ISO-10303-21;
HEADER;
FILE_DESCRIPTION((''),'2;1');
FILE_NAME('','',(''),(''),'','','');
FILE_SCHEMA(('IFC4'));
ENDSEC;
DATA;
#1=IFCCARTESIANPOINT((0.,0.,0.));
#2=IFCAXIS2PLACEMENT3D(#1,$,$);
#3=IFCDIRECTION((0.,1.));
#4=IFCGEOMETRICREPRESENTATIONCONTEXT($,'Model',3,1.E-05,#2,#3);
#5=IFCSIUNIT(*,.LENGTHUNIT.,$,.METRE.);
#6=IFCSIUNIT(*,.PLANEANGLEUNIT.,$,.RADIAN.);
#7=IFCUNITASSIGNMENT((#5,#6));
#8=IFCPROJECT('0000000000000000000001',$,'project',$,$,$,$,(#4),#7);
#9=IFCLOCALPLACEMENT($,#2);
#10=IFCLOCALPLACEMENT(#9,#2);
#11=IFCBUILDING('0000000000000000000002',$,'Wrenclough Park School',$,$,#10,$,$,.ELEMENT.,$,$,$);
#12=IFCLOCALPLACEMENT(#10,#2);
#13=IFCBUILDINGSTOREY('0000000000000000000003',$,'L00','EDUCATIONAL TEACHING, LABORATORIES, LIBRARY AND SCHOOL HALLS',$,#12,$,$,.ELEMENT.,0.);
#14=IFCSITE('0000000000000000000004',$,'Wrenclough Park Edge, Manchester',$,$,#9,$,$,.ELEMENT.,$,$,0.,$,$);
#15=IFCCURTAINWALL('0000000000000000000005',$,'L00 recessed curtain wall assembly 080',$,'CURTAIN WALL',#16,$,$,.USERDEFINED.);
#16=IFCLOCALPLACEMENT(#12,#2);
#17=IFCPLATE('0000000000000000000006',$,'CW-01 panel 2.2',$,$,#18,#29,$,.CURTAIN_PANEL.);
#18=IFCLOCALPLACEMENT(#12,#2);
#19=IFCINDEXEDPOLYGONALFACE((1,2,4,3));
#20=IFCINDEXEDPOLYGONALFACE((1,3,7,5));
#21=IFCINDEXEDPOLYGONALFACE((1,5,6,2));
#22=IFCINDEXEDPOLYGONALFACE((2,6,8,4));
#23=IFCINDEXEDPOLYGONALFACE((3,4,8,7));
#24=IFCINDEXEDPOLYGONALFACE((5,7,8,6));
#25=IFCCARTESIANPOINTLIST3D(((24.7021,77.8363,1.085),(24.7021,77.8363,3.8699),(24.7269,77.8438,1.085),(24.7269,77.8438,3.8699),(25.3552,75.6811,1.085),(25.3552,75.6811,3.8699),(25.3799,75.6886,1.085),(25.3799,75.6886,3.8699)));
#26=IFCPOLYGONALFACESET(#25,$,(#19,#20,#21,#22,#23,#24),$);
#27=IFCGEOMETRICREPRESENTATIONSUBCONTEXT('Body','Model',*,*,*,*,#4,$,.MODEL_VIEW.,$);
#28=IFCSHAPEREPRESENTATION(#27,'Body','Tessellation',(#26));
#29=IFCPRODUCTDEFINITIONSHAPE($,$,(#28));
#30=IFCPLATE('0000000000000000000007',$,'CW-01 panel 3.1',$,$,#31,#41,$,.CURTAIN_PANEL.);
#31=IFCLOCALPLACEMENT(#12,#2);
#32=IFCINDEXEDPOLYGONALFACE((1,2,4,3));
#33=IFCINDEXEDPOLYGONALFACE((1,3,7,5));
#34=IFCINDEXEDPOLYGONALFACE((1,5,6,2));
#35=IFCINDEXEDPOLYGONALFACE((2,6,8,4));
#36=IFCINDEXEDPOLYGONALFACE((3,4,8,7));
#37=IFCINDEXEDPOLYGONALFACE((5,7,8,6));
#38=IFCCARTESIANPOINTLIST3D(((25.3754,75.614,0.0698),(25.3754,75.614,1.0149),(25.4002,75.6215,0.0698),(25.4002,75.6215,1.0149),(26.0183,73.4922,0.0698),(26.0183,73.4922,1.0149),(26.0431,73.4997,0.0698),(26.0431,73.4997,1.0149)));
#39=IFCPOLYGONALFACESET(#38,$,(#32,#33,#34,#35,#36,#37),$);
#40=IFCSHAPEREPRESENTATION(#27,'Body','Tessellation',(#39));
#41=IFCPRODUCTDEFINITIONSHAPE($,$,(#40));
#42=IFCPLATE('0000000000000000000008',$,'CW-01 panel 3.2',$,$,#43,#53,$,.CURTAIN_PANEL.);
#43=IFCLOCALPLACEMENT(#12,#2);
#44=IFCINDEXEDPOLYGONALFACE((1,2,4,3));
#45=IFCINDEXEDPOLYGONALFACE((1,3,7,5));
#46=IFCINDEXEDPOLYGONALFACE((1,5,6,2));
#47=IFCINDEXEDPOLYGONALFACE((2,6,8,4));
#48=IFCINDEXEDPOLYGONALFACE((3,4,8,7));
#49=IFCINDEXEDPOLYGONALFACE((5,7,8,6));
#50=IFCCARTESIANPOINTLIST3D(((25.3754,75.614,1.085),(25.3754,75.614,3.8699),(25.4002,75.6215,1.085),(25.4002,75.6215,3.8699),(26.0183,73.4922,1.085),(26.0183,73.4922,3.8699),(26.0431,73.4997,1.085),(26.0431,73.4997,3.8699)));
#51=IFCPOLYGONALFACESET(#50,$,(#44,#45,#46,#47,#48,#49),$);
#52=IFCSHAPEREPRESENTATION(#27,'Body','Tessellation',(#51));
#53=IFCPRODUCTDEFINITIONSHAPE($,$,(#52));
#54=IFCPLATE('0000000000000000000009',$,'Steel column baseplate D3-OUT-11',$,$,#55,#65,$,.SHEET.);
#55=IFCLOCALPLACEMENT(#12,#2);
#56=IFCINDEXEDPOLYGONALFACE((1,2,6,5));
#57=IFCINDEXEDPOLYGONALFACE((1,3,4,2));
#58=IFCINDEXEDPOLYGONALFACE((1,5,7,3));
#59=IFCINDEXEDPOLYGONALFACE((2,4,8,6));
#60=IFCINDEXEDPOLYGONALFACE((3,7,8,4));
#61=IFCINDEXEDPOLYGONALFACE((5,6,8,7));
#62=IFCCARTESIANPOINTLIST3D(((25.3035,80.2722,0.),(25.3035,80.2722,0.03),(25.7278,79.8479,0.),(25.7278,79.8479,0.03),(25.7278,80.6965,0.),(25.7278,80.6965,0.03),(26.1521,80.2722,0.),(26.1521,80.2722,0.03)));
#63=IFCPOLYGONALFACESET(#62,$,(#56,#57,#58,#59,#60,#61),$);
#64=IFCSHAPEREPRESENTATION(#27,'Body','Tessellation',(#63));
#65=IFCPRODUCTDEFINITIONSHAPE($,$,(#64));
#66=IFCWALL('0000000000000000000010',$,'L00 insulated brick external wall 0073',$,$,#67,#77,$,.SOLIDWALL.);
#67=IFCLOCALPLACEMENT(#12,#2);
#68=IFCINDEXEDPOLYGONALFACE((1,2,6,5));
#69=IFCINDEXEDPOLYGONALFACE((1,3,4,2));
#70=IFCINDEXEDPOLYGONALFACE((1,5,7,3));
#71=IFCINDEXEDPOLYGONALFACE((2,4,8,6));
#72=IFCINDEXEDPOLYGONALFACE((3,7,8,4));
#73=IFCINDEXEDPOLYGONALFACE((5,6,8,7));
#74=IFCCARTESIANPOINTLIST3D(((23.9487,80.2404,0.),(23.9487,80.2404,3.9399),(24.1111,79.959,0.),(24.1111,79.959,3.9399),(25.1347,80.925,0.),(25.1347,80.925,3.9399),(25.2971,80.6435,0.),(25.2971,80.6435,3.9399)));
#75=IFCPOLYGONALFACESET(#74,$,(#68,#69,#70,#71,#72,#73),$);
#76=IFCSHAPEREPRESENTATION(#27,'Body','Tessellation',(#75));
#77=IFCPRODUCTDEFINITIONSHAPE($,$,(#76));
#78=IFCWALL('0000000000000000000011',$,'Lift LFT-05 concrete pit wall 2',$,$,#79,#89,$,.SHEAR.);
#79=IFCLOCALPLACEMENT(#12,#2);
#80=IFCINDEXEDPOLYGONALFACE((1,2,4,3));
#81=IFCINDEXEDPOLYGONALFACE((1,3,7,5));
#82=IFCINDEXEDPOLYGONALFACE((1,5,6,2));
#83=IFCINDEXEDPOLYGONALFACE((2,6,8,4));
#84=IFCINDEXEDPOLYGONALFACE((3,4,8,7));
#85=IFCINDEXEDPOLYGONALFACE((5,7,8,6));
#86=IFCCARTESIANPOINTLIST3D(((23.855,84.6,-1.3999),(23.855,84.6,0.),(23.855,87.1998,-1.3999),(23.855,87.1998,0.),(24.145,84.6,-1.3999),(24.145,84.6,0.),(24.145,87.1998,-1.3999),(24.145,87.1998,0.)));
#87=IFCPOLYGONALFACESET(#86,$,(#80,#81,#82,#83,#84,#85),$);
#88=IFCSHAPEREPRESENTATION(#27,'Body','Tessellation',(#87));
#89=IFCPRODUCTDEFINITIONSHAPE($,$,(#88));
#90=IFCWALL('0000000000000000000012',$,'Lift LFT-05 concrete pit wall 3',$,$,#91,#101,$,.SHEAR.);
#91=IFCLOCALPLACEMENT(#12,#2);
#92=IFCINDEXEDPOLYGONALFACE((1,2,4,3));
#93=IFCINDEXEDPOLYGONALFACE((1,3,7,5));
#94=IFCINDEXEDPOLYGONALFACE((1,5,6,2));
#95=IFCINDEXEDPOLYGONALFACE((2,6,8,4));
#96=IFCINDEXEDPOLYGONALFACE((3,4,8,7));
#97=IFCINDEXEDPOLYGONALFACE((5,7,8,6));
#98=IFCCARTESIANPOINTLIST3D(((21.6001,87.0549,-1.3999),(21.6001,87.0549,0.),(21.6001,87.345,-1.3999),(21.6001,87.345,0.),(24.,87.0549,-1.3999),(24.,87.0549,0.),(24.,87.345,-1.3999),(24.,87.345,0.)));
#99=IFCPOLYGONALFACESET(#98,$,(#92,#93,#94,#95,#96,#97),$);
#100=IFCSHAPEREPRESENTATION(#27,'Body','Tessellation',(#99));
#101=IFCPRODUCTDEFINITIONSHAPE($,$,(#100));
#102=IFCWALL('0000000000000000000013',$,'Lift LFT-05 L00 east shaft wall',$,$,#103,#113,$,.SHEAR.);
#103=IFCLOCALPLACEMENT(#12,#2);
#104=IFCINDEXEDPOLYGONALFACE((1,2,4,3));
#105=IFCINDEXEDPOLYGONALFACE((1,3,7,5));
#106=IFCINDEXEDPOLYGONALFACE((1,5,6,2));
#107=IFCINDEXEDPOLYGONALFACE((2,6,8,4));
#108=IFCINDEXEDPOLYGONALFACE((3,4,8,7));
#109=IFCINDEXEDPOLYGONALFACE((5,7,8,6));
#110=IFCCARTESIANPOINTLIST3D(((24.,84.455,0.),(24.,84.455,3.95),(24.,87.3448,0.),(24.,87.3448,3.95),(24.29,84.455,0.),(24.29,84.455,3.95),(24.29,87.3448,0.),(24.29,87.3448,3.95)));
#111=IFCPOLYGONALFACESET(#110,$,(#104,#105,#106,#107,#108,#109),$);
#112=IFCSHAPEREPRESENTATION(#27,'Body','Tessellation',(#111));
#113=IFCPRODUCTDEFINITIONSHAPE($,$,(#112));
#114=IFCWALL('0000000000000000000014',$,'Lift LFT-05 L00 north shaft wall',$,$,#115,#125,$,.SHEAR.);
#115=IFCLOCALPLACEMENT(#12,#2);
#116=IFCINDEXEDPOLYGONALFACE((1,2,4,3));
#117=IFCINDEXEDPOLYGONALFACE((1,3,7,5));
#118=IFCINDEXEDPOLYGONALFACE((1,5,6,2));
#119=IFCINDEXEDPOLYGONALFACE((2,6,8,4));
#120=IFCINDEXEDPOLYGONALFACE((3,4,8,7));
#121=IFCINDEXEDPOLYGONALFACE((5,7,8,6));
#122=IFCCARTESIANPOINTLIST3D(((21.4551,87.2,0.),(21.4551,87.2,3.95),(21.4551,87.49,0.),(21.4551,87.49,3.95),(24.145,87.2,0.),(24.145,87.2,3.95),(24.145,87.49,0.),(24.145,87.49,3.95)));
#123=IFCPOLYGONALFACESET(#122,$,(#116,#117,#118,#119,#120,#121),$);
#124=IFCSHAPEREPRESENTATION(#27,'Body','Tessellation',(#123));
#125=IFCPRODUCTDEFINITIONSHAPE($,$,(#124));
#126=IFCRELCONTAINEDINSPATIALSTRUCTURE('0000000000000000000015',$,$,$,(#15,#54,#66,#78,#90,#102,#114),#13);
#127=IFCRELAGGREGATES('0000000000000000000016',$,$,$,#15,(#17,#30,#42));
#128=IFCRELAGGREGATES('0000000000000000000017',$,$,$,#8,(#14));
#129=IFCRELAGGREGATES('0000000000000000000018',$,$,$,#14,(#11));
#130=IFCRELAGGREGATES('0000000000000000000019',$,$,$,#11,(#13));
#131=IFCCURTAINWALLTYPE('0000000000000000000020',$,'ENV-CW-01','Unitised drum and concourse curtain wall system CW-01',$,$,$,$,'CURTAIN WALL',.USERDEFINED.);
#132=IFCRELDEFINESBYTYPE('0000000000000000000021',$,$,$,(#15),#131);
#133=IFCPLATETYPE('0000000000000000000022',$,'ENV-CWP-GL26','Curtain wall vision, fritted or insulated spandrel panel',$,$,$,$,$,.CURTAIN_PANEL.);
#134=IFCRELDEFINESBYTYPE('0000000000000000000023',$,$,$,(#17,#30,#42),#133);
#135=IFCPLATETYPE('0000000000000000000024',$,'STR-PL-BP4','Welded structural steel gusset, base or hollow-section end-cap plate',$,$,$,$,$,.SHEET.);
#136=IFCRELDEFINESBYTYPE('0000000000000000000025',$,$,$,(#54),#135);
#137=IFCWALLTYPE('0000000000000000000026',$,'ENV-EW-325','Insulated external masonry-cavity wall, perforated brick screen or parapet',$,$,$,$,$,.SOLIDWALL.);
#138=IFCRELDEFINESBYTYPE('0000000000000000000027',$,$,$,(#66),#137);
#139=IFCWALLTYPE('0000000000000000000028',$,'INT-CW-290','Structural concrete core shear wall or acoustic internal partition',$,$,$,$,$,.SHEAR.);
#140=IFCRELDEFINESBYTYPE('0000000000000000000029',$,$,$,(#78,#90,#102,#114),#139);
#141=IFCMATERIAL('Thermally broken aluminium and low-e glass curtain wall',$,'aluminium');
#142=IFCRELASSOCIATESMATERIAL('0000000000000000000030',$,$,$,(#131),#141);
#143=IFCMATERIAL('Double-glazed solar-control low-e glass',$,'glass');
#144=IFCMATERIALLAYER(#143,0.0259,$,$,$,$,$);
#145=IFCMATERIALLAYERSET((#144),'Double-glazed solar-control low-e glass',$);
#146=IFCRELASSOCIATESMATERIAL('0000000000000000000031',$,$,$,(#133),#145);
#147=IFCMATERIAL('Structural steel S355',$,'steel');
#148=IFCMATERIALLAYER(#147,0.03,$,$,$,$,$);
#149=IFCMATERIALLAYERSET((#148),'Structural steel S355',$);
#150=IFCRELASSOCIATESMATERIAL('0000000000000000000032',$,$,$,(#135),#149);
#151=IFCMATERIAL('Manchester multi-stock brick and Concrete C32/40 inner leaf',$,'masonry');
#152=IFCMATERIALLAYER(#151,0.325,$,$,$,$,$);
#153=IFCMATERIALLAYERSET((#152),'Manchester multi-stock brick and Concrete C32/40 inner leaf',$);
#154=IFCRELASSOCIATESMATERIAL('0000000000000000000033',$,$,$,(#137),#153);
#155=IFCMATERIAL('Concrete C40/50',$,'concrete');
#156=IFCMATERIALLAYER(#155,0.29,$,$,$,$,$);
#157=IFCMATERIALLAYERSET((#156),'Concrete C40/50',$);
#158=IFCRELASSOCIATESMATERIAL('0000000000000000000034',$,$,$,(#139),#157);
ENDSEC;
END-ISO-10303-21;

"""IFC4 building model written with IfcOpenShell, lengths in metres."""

from ifc_helpers import new_model, si_unit, direction, frame, frame_2d, origin, origin_2d, place, context, subcontext, project, spatial, rectangle, extrude, material, layer, layer_set, type_object, element, aggregate, save


model = new_model("IFC4")

# Units and contexts
model_context = context("Model", 3, precision=1e-05, world=origin(), true_north=direction((0.0, 1.0)))
body_context = subcontext(model_context, "Body", "Model", "MODEL_VIEW")
ifc_project = project(units=[si_unit("LENGTHUNIT", "METRE"), si_unit("PLANEANGLEUNIT", "RADIAN")], contexts=[model_context])

# Site, building, storey
site_placement = place(None, origin())
site = spatial("IfcSite", under=ifc_project, at=site_placement, Name="Wrenclough Park Edge, Manchester", CompositionType="ELEMENT", RefElevation=0.0)
building_placement = place(site_placement, origin())
building = spatial("IfcBuilding", under=site, at=building_placement, Name="Wrenclough Park School", CompositionType="ELEMENT")
storey_placement = place(building_placement, origin())
storey = spatial("IfcBuildingStorey", under=building, at=storey_placement, Name="L00", Description="EDUCATIONAL TEACHING, LABORATORIES, LIBRARY AND SCHOOL HALLS", CompositionType="ELEMENT", Elevation=0.0)

# Shared definitions
ifc_material_1 = material(Name="Structural steel S355", Category="steel")

# Curtain wall, plates
ifc_material_2 = material(Name="Thermally broken aluminium and low-e glass curtain wall", Category="aluminium")
curtain_wall_type = type_object("IfcCurtainWallType", Name="ENV-CW-01", Description="Unitised drum and concourse curtain wall system CW-01", ElementType="CURTAIN WALL", PredefinedType="USERDEFINED", material=ifc_material_2)
curtain_wall_placement = place(storey_placement, origin())
curtain_wall = element("IfcCurtainWall", 1, at=curtain_wall_placement, inside=storey, type_object=curtain_wall_type, Name="L00 recessed curtain wall assembly 080", ObjectType="CURTAIN WALL", PredefinedType="USERDEFINED")
ifc_material_3 = material(Name="Double-glazed solar-control low-e glass", Category="glass")
ifc_layer_1 = layer(ifc_material_3, 0.0259)
ifc_layer_set_1 = layer_set([ifc_layer_1], Name="Double-glazed solar-control low-e glass")
plate_type_1 = type_object("IfcPlateType", Name="ENV-CWP-GL26", Description="Curtain wall vision, fritted or insulated spandrel panel", PredefinedType="CURTAIN_PANEL", material=ifc_layer_set_1)
plate_1_placement = place(storey_placement, frame((25.041, 76.7625, 1.085), z_axis=(0.0, 0.0, 1.0), x_axis=(0.289989, -0.95703, 0.0)))
plate_1 = element("IfcPlate", 2, at=plate_1_placement, type_object=plate_type_1, Name="CW-01 panel 2.2", PredefinedType="CURTAIN_PANEL", context=body_context, shape_type="SweptSolid", body=[
    extrude(rectangle(XDim=2.252, YDim=0.0259, at=origin_2d()), origin(), (0.0, 0.0, 1.0), 2.7849),
])
plate_2_placement = place(storey_placement, frame((25.7092, 74.5569, 0.0698), z_axis=(0.0, 0.0, 1.0), x_axis=(0.289989, -0.95703, 0.0)))
plate_2 = element("IfcPlate", 3, at=plate_2_placement, type_object=plate_type_1, Name="CW-01 panel 3.1", PredefinedType="CURTAIN_PANEL", context=body_context, shape_type="SweptSolid", body=[
    extrude(rectangle(XDim=2.217, YDim=0.0259, at=origin_2d()), origin(), (0.0, 0.0, 1.0), 0.9451),
])
plate_3_placement = place(storey_placement, frame((25.7092, 74.5569, 1.085), z_axis=(0.0, 0.0, 1.0), x_axis=(0.289989, -0.95703, 0.0)))
plate_3 = element("IfcPlate", 4, at=plate_3_placement, type_object=plate_type_1, Name="CW-01 panel 3.2", PredefinedType="CURTAIN_PANEL", context=body_context, shape_type="SweptSolid", body=[
    extrude(rectangle(XDim=2.217, YDim=0.0259, at=origin_2d()), origin(), (0.0, 0.0, 1.0), 2.7849),
])
aggregate(curtain_wall, [plate_1, plate_2, plate_3])

# Plate
ifc_layer_2 = layer(ifc_material_1, 0.03)
ifc_layer_set_2 = layer_set([ifc_layer_2], Name="Structural steel S355")
plate_type_2 = type_object("IfcPlateType", Name="STR-PL-BP4", Description="Welded structural steel gusset, base or hollow-section end-cap plate", PredefinedType="SHEET", material=ifc_layer_set_2)
plate_4_placement = place(storey_placement, frame((25.7278, 80.2722, 0.0), z_axis=(0.0, 0.0, 1.0), x_axis=(0.707107, 0.707107, 0.0)))
element("IfcPlate", 5, at=plate_4_placement, inside=storey, type_object=plate_type_2, Name="Steel column baseplate D3-OUT-11", PredefinedType="SHEET", context=body_context, shape_type="SweptSolid", body=[
    extrude(rectangle(XDim=0.6001, YDim=0.6001, at=origin_2d()), origin(), (0.0, 0.0, 1.0), 0.03),
])

# Walls
ifc_material_4 = material(Name="Manchester multi-stock brick and Concrete C32/40 inner leaf", Category="masonry")
ifc_layer_3 = layer(ifc_material_4, 0.325)
ifc_layer_set_3 = layer_set([ifc_layer_3], Name="Manchester multi-stock brick and Concrete C32/40 inner leaf")
wall_type_1 = type_object("IfcWallType", Name="ENV-EW-325", Description="Insulated external masonry-cavity wall, perforated brick screen or parapet", PredefinedType="SOLIDWALL", material=ifc_layer_set_3)
wall_1_placement = place(storey_placement, frame((25.2158, 80.7842, 0.0), z_axis=(0.0, 0.0, 1.0), x_axis=(-0.866085, -0.499897, 0.0)))
element("IfcWall", 6, at=wall_1_placement, inside=storey, type_object=wall_type_1, Name="L00 insulated brick external wall 0073", PredefinedType="SOLIDWALL", context=body_context, shape_type="SweptSolid", body=[
    extrude(rectangle(XDim=1.3694, YDim=0.325, at=frame_2d((0.6846, 0.0))), origin(), (0.0, 0.0, 1.0), 3.9399),
])
ifc_material_5 = material(Name="Concrete C40/50", Category="concrete")
ifc_layer_4 = layer(ifc_material_5, 0.29)
ifc_layer_set_4 = layer_set([ifc_layer_4], Name="Concrete C40/50")
wall_type_2 = type_object("IfcWallType", Name="INT-CW-290", Description="Structural concrete core shear wall or acoustic internal partition", PredefinedType="SHEAR", material=ifc_layer_set_4)
wall_2_placement = place(storey_placement, frame((24.0, 84.6001, -1.3999), z_axis=(0.0, 0.0, 1.0), x_axis=(0.0, 1.0, 0.0)))
element("IfcWall", 7, at=wall_2_placement, inside=storey, type_object=wall_type_2, Name="Lift LFT-05 concrete pit wall 2", PredefinedType="SHEAR", context=body_context, shape_type="SweptSolid", body=[
    extrude(rectangle(XDim=2.5999, YDim=0.29, at=frame_2d((1.2998, 0.0))), origin(), (0.0, 0.0, 1.0), 1.3999),
])
wall_3_placement = place(storey_placement, frame((24.0, 87.2, -1.3999), z_axis=(0.0, 0.0, 1.0), x_axis=(-1.0, 0.0, 0.0)))
element("IfcWall", 8, at=wall_3_placement, inside=storey, type_object=wall_type_2, Name="Lift LFT-05 concrete pit wall 3", PredefinedType="SHEAR", context=body_context, shape_type="SweptSolid", body=[
    extrude(rectangle(XDim=2.3999, YDim=0.29, at=frame_2d((1.2, 0.0))), origin(), (0.0, 0.0, 1.0), 1.3999),
])
wall_4_placement = place(storey_placement, frame((24.145, 84.4551, 0.0), z_axis=(0.0, 0.0, 1.0), x_axis=(0.0, 1.0, 0.0)))
element("IfcWall", 9, at=wall_4_placement, inside=storey, type_object=wall_type_2, Name="Lift LFT-05 L00 east shaft wall", PredefinedType="SHEAR", context=body_context, shape_type="SweptSolid", body=[
    extrude(rectangle(XDim=2.8899, YDim=0.29, at=frame_2d((1.4448, 0.0))), origin(), (0.0, 0.0, 1.0), 3.95),
])
wall_5_placement = place(storey_placement, frame((24.145, 87.345, 0.0), z_axis=(0.0, 0.0, 1.0), x_axis=(-1.0, 0.0, 0.0)))
element("IfcWall", 10, at=wall_5_placement, inside=storey, type_object=wall_type_2, Name="Lift LFT-05 L00 north shaft wall", PredefinedType="SHEAR", context=body_context, shape_type="SweptSolid", body=[
    extrude(rectangle(XDim=2.6899, YDim=0.29, at=frame_2d((1.345, 0.0))), origin(), (0.0, 0.0, 1.0), 3.95),
])

save(model, "model.ifc")
